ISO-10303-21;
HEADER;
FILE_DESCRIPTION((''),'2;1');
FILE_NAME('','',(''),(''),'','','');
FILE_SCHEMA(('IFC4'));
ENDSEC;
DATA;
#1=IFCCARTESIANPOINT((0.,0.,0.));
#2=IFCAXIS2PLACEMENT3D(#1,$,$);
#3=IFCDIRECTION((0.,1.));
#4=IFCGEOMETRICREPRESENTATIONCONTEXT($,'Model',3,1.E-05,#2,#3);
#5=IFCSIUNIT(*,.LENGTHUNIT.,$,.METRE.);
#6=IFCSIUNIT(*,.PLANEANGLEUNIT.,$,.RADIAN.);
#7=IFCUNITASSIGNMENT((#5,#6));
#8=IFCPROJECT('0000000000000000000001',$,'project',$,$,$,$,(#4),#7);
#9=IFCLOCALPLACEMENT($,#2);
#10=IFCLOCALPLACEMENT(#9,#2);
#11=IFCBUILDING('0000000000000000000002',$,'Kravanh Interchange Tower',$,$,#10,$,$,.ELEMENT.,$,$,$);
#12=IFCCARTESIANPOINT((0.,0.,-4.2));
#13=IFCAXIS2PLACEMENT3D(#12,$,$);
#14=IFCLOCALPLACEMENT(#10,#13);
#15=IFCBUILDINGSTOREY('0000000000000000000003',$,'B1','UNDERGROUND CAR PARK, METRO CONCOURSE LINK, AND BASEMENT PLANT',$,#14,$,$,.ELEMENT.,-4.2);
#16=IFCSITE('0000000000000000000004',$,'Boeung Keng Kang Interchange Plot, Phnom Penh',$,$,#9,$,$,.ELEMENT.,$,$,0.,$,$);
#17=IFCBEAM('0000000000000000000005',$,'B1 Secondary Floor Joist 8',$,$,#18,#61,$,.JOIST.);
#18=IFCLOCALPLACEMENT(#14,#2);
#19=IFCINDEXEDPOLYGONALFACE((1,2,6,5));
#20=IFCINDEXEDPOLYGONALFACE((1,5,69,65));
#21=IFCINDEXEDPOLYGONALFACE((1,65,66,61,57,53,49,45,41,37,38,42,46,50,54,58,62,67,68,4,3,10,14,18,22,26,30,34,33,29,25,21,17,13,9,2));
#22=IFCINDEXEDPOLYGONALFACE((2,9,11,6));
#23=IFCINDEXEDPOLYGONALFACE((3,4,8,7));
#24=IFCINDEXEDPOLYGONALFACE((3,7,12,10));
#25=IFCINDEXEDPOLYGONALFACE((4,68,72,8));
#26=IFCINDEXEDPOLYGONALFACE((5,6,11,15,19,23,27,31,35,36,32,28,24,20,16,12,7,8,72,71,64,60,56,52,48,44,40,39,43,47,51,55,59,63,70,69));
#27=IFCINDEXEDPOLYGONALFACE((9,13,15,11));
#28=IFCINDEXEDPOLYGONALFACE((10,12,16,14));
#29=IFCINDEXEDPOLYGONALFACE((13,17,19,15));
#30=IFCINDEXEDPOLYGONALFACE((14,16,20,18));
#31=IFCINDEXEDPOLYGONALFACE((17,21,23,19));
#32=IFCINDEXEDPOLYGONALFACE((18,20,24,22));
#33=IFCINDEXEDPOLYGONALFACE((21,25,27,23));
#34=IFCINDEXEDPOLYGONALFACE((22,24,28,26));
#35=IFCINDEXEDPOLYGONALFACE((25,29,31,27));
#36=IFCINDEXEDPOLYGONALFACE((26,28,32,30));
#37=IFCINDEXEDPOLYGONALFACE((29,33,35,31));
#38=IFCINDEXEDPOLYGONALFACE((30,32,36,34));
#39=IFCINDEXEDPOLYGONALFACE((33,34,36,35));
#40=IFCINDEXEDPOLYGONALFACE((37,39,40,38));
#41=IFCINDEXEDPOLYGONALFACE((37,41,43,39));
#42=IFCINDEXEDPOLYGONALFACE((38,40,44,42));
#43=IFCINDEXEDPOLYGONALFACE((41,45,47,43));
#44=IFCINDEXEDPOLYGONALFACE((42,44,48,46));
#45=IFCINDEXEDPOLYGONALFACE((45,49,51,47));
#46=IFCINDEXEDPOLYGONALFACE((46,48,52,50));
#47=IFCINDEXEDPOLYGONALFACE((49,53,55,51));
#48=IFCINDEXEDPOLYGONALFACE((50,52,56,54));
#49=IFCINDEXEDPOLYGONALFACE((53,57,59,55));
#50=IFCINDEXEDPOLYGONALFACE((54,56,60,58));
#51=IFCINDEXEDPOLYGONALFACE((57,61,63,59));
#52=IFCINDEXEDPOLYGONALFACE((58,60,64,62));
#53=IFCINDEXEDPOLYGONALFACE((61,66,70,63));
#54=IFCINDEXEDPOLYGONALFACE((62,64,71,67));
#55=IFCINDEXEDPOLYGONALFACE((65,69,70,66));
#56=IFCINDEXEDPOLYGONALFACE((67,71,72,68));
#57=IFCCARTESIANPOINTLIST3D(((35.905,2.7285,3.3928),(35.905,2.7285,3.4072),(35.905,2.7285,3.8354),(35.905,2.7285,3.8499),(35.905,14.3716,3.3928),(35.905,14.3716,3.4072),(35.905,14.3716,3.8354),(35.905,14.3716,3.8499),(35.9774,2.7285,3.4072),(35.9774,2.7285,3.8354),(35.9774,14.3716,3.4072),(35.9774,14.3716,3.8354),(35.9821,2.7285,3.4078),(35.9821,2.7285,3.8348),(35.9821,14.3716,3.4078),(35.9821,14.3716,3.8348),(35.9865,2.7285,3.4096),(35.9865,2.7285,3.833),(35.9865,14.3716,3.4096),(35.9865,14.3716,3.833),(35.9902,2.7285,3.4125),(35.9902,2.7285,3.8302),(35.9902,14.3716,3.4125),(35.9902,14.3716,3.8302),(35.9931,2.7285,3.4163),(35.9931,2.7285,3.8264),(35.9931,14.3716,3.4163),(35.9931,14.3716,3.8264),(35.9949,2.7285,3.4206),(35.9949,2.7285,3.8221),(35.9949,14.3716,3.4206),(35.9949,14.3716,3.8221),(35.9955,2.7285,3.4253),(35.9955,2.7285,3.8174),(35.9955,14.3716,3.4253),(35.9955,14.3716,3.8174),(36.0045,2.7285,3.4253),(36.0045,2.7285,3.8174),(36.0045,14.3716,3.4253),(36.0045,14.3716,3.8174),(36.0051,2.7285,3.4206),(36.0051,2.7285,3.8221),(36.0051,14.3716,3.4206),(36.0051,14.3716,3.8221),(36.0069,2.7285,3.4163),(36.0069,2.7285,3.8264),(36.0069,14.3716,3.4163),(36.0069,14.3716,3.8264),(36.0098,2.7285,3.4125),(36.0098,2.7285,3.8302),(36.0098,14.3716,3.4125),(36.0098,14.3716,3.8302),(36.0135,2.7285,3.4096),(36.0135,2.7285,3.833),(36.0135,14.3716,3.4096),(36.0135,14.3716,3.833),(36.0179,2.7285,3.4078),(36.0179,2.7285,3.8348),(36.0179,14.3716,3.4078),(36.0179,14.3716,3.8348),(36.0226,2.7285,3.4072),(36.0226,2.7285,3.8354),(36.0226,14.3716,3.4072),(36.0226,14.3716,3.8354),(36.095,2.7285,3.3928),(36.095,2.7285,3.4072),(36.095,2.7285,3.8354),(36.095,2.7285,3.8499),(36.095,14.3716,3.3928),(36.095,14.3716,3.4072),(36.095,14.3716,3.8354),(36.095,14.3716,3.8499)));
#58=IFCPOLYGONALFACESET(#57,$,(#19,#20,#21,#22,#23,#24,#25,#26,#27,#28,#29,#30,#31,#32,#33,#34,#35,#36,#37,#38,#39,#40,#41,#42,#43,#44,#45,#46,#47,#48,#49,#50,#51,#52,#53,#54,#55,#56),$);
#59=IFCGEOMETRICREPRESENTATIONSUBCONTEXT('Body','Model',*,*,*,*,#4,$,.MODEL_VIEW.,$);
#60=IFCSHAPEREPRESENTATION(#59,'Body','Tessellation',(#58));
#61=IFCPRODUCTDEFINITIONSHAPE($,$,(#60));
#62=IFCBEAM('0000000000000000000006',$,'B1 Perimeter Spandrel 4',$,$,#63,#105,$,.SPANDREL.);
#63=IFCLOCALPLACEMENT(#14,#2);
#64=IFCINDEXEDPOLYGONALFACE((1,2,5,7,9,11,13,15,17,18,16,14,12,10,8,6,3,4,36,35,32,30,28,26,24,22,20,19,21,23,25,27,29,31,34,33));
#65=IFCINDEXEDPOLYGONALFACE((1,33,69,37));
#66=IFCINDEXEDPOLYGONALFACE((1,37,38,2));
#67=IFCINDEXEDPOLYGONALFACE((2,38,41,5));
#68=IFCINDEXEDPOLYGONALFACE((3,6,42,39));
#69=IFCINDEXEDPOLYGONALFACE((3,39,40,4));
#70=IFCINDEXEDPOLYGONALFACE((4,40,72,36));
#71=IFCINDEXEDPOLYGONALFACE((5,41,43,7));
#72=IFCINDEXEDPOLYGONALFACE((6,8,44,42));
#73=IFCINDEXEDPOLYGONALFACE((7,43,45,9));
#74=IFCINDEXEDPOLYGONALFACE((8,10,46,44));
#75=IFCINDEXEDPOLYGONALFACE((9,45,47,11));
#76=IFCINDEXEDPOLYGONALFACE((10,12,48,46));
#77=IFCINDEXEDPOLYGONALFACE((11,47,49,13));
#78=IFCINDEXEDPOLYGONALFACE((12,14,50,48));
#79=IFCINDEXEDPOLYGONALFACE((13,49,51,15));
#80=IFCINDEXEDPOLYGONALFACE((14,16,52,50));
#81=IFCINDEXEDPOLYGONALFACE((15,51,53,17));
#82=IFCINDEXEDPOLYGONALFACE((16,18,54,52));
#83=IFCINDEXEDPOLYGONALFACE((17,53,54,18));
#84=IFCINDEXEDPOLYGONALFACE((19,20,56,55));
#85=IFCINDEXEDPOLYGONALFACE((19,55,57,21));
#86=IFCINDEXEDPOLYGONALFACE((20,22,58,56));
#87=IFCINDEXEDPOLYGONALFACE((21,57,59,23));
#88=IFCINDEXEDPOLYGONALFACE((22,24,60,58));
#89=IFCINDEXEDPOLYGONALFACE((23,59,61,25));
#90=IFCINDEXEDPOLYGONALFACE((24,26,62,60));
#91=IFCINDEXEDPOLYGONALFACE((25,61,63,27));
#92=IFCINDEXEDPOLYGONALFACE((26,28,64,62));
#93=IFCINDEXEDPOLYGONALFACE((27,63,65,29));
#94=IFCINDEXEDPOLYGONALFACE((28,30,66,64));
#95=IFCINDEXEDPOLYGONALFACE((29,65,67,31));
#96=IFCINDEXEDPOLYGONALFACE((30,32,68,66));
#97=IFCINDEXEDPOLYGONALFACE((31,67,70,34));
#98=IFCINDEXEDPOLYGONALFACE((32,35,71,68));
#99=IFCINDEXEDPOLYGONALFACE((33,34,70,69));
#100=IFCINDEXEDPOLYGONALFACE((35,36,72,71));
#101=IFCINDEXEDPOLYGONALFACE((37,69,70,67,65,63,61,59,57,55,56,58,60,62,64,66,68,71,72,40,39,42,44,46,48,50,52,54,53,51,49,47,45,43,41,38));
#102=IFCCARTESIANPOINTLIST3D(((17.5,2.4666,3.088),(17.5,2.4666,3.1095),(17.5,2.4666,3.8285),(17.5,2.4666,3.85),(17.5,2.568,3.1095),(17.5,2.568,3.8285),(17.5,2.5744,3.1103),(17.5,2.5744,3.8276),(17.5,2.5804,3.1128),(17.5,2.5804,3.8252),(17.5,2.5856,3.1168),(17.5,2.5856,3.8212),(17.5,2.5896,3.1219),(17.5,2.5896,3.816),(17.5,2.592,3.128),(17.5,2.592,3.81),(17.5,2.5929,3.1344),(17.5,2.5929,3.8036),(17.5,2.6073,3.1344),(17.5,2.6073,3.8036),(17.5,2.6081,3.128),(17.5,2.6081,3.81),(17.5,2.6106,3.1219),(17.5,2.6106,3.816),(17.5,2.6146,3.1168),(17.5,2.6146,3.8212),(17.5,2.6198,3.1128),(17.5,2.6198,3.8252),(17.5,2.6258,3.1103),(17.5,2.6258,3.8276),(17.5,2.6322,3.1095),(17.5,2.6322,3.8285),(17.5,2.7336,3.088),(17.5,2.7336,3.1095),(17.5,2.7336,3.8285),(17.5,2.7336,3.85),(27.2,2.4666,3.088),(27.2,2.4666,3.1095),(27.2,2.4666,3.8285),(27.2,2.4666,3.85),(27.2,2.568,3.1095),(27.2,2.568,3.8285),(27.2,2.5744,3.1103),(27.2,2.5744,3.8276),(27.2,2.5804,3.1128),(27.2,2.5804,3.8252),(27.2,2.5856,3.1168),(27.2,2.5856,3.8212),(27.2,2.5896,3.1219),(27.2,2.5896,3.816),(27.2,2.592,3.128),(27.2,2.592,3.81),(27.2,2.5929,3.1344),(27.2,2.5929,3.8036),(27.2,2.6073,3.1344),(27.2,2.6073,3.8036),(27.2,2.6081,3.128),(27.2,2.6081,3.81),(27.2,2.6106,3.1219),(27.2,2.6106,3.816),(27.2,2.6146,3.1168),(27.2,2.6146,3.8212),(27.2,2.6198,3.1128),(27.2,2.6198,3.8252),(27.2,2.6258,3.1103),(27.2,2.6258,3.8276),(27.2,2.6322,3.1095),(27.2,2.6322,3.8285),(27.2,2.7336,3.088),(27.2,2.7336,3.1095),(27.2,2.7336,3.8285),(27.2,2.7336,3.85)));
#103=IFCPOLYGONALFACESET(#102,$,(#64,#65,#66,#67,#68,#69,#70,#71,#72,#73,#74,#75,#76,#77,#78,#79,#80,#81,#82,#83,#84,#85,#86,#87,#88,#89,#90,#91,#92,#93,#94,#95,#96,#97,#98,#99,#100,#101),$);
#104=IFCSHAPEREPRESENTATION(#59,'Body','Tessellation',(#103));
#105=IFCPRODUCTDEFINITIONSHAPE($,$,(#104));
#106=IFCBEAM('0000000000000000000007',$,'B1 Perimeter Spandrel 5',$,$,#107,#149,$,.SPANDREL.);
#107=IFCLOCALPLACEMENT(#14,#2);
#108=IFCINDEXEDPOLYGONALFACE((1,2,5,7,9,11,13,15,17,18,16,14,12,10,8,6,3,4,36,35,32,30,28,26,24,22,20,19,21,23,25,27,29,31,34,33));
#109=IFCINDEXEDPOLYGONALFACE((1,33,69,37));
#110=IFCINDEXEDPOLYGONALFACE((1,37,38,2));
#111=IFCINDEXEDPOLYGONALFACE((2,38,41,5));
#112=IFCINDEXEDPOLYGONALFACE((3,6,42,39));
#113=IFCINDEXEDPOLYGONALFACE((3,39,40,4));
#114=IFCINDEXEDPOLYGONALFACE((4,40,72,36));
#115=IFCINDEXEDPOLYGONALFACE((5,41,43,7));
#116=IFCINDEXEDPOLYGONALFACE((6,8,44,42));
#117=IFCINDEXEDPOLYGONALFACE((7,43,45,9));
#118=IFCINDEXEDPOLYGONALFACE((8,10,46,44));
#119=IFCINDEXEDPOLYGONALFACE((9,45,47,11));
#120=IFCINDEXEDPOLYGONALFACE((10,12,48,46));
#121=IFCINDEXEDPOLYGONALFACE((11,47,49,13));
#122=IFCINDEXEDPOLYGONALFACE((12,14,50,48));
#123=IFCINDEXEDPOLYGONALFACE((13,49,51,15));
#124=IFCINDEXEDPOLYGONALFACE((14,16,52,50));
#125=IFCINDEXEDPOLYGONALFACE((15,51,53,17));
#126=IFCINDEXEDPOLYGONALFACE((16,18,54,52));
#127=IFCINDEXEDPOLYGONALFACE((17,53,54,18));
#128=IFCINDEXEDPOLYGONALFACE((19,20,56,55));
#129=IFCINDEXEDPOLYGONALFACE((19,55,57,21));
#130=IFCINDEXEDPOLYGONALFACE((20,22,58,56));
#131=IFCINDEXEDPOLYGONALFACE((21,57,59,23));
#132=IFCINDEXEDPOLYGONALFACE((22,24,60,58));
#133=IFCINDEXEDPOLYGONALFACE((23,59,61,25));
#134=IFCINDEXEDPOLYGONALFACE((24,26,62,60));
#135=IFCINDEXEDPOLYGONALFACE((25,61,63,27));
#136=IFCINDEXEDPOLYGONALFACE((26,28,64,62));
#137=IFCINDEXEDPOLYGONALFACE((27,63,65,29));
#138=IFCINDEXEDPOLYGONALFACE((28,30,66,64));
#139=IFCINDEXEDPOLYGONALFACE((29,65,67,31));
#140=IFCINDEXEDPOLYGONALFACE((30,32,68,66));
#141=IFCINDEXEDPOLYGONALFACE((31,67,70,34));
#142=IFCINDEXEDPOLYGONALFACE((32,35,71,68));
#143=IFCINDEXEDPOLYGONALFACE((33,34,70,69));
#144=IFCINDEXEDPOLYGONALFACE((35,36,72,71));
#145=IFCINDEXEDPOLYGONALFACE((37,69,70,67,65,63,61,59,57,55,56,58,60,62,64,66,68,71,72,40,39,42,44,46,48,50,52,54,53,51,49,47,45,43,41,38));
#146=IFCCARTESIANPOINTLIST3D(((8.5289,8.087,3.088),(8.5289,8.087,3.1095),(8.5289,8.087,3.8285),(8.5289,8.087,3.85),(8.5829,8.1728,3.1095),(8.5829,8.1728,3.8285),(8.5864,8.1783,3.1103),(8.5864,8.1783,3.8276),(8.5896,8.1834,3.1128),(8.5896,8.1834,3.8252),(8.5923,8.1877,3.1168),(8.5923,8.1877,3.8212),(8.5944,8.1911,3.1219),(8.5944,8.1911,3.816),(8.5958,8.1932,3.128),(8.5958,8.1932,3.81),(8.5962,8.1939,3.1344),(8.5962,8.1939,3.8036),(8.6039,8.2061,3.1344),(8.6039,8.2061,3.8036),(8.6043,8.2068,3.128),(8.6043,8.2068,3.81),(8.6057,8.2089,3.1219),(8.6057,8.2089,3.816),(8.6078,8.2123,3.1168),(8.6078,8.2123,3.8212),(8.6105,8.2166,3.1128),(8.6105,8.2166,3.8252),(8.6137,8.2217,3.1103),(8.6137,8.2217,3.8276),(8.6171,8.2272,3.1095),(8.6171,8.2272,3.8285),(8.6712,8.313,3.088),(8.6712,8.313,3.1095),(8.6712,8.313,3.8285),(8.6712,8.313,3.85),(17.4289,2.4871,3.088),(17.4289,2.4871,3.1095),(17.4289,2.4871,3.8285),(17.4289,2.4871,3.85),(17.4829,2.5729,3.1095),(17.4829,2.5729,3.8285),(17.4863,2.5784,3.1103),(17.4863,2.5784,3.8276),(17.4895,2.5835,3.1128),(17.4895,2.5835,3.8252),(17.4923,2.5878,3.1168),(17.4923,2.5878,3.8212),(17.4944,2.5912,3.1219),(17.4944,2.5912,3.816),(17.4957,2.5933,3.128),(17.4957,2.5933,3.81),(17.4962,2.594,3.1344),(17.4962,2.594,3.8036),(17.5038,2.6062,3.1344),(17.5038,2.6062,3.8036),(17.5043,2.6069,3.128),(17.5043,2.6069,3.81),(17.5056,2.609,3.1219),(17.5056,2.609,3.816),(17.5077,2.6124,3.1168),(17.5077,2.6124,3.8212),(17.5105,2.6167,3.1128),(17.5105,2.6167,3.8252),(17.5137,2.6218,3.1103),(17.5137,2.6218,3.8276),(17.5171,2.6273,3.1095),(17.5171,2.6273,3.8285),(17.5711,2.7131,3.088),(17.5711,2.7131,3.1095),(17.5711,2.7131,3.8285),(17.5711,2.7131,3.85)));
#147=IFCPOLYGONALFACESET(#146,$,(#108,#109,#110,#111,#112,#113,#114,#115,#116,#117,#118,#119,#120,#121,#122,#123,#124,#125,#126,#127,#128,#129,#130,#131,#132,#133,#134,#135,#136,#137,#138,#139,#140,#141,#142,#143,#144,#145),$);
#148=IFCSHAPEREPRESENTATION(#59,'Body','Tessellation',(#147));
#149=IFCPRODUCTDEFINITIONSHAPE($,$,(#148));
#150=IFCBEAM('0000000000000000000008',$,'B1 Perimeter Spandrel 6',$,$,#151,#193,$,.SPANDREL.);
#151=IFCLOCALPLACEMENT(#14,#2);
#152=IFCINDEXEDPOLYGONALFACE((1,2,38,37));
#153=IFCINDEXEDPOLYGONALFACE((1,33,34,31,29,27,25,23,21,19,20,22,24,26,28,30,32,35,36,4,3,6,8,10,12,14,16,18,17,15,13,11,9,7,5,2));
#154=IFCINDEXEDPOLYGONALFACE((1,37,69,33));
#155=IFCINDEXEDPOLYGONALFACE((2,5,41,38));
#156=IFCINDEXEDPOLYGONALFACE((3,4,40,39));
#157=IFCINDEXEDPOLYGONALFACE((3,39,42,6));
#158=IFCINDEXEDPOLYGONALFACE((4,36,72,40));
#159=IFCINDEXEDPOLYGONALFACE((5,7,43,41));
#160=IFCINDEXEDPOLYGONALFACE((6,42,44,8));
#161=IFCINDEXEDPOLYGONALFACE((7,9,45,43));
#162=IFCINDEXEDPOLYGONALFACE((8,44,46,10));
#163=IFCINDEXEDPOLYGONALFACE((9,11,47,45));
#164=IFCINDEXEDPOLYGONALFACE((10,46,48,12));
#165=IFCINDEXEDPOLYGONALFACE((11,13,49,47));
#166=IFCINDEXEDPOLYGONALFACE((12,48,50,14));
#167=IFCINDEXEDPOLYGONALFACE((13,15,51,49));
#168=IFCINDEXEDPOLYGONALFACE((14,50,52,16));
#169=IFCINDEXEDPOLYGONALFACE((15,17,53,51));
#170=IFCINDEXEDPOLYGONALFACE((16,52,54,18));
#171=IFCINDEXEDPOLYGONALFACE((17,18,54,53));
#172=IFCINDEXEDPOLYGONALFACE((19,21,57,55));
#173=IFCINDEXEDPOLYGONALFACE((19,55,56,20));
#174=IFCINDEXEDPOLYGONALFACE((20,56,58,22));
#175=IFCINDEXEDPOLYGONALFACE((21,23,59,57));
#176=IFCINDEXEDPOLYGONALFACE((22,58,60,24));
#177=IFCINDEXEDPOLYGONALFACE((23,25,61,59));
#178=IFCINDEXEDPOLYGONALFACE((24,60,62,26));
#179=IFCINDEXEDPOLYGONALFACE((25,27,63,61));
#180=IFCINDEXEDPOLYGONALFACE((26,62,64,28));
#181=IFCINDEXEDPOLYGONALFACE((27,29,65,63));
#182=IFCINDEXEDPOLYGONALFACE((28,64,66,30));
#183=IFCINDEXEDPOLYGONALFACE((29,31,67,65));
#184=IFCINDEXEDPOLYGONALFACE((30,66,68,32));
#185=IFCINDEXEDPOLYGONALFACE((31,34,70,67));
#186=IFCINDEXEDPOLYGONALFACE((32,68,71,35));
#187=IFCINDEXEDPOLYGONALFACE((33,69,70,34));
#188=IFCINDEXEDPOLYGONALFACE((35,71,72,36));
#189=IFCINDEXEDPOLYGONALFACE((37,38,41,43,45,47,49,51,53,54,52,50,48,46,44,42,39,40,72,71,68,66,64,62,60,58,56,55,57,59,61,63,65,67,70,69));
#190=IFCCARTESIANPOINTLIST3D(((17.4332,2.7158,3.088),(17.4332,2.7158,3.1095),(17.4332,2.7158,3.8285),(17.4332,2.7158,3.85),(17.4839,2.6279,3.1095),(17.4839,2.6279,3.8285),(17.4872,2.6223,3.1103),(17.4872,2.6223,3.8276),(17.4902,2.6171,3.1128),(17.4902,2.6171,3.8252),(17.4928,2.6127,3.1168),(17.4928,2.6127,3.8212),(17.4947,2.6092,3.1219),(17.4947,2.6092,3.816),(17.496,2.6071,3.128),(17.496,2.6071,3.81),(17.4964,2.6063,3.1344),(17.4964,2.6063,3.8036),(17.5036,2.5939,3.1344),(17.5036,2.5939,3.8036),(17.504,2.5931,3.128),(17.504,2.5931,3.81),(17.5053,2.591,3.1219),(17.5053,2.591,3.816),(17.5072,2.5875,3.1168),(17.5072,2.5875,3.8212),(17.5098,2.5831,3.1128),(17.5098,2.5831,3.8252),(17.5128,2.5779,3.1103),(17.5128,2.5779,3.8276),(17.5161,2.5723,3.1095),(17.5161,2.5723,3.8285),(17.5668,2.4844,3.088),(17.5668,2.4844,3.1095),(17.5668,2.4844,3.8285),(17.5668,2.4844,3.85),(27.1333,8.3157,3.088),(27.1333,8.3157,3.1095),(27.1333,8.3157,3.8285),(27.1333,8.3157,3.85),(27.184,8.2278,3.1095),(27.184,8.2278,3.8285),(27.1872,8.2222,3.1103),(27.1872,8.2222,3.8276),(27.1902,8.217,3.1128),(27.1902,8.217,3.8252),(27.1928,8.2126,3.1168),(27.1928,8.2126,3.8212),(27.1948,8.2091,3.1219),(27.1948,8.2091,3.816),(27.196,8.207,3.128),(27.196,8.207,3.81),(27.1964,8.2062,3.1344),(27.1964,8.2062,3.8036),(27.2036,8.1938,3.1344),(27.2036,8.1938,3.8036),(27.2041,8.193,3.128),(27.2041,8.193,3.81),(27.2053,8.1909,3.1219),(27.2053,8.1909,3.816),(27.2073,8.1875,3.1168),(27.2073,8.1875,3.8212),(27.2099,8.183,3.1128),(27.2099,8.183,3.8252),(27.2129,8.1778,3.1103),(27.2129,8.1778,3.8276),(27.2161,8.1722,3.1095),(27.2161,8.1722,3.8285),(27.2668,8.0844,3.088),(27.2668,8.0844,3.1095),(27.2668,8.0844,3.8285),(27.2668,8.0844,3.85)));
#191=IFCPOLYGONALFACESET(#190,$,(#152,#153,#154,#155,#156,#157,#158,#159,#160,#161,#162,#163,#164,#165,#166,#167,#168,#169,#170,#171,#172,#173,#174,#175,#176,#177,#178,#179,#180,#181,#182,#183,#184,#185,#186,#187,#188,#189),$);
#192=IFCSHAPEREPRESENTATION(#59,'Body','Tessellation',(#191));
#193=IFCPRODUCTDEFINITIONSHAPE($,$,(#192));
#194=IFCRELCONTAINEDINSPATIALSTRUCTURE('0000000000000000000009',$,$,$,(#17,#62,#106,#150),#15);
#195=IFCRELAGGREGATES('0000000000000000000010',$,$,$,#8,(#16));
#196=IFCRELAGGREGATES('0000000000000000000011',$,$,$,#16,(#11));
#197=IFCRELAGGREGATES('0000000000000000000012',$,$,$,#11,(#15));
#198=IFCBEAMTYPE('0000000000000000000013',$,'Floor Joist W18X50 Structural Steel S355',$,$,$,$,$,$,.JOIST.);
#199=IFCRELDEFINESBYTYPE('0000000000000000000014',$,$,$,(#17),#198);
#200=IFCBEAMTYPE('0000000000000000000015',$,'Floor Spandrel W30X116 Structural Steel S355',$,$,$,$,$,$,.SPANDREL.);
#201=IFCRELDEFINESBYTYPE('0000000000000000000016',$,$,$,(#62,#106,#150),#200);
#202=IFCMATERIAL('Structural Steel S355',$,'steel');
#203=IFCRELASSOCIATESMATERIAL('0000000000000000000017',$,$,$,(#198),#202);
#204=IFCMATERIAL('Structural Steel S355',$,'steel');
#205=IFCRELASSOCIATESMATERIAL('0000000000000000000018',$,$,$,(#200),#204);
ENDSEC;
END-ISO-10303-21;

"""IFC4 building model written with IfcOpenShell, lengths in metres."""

from ifc_helpers import new_model, si_unit, direction, frame, origin, origin_2d, place, context, subcontext, project, spatial, i_section, extrude, material, material_profile, profile_set, type_object, element, save


model = new_model("IFC4")

# Units and contexts
model_context = context("Model", 3, precision=1e-05, world=origin(), true_north=direction((0.0, 1.0)))
body_context = subcontext(model_context, "Body", "Model", "MODEL_VIEW")
ifc_project = project(units=[si_unit("LENGTHUNIT", "METRE"), si_unit("PLANEANGLEUNIT", "RADIAN")], contexts=[model_context])

# Site, building, storey
site_placement = place(None, origin())
site = spatial("IfcSite", under=ifc_project, at=site_placement, Name="Boeung Keng Kang Interchange Plot, Phnom Penh", CompositionType="ELEMENT", RefElevation=0.0)
building_placement = place(site_placement, origin())
building = spatial("IfcBuilding", under=site, at=building_placement, Name="Kravanh Interchange Tower", CompositionType="ELEMENT")
storey_placement = place(building_placement, frame((0.0, 0.0, -4.2)))
storey = spatial("IfcBuildingStorey", under=building, at=storey_placement, Name="B1", Description="UNDERGROUND CAR PARK, METRO CONCOURSE LINK, AND BASEMENT PLANT", CompositionType="ELEMENT", Elevation=-4.2)

# Beams
ifc_material_1 = material(Name="Structural Steel S355", Category="steel")
ifc_material_profile_1 = material_profile(ifc_material_1, i_section(OverallWidth=0.1899, OverallDepth=0.457, WebThickness=0.009, FlangeThickness=0.0144, FilletRadius=0.0181, at=origin_2d()), Name="W18X50")
ifc_profile_set_1 = profile_set([ifc_material_profile_1], Name="Structural Steel S355")
beam_type_1 = type_object("IfcBeamType", Name="Floor Joist W18X50 Structural Steel S355", PredefinedType="JOIST", material=ifc_profile_set_1)
for number, where, z_axis, x_axis, name in (
    (1, (36.0, 2.7285, 3.6213), (0.0, 1.0, 0.0), (-1.0, 0.0, 0.0), "B1 Secondary Floor Joist 8"),
):
    element("IfcBeam", number, at=place(storey_placement, frame(where, z_axis=z_axis, x_axis=x_axis)), inside=storey, type_object=beam_type_1, Name=name, PredefinedType="JOIST", context=body_context, shape_type="SweptSolid", body=[
        extrude(i_section(OverallWidth=0.1899, OverallDepth=0.457, WebThickness=0.009, FlangeThickness=0.0144, FilletRadius=0.0181, at=origin_2d()), origin(), (0.0, 0.0, 1.0), 11.6431),
    ])
ifc_material_2 = material(Name="Structural Steel S355", Category="steel")
ifc_material_profile_2 = material_profile(ifc_material_2, i_section(OverallWidth=0.2671, OverallDepth=0.762, WebThickness=0.0144, FlangeThickness=0.0215, FilletRadius=0.0249, at=origin_2d()), Name="W30X116")
ifc_profile_set_2 = profile_set([ifc_material_profile_2], Name="Structural Steel S355")
beam_type_2 = type_object("IfcBeamType", Name="Floor Spandrel W30X116 Structural Steel S355", PredefinedType="SPANDREL", material=ifc_profile_set_2)
beam_1_placement = place(storey_placement, frame((17.5, 2.6001, 3.469), z_axis=(1.0, 0.0, 0.0), x_axis=(0.0, 1.0, 0.0)))
element("IfcBeam", 2, at=beam_1_placement, inside=storey, type_object=beam_type_2, Name="B1 Perimeter Spandrel 4", PredefinedType="SPANDREL", context=body_context, shape_type="SweptSolid", body=[
    extrude(i_section(OverallWidth=0.2671, OverallDepth=0.762, WebThickness=0.0144, FlangeThickness=0.0215, FilletRadius=0.0249, at=origin_2d()), origin(), (0.0, 0.0, 1.0), 9.7),
])
beam_2_placement = place(storey_placement, frame((17.5, 2.6001, 3.469), z_axis=(-0.846395, 0.532555, 0.0), x_axis=(-0.532555, -0.846395, 0.0)))
element("IfcBeam", 3, at=beam_2_placement, inside=storey, type_object=beam_type_2, Name="B1 Perimeter Spandrel 5", PredefinedType="SPANDREL", context=body_context, shape_type="SweptSolid", body=[
    extrude(i_section(OverallWidth=0.2671, OverallDepth=0.762, WebThickness=0.0144, FlangeThickness=0.0215, FilletRadius=0.0249, at=origin_2d()), origin(), (0.0, 0.0, 1.0), 10.5151),
])
beam_3_placement = place(storey_placement, frame((17.5, 2.6001, 3.469), z_axis=(0.866041, 0.499972, 0.0), x_axis=(-0.499972, 0.866041, 0.0)))
element("IfcBeam", 4, at=beam_3_placement, inside=storey, type_object=beam_type_2, Name="B1 Perimeter Spandrel 6", PredefinedType="SPANDREL", context=body_context, shape_type="SweptSolid", body=[
    extrude(i_section(OverallWidth=0.2671, OverallDepth=0.762, WebThickness=0.0144, FlangeThickness=0.0215, FilletRadius=0.0249, at=origin_2d()), origin(), (0.0, 0.0, 1.0), 11.2004),
])

save(model, "model.ifc")
